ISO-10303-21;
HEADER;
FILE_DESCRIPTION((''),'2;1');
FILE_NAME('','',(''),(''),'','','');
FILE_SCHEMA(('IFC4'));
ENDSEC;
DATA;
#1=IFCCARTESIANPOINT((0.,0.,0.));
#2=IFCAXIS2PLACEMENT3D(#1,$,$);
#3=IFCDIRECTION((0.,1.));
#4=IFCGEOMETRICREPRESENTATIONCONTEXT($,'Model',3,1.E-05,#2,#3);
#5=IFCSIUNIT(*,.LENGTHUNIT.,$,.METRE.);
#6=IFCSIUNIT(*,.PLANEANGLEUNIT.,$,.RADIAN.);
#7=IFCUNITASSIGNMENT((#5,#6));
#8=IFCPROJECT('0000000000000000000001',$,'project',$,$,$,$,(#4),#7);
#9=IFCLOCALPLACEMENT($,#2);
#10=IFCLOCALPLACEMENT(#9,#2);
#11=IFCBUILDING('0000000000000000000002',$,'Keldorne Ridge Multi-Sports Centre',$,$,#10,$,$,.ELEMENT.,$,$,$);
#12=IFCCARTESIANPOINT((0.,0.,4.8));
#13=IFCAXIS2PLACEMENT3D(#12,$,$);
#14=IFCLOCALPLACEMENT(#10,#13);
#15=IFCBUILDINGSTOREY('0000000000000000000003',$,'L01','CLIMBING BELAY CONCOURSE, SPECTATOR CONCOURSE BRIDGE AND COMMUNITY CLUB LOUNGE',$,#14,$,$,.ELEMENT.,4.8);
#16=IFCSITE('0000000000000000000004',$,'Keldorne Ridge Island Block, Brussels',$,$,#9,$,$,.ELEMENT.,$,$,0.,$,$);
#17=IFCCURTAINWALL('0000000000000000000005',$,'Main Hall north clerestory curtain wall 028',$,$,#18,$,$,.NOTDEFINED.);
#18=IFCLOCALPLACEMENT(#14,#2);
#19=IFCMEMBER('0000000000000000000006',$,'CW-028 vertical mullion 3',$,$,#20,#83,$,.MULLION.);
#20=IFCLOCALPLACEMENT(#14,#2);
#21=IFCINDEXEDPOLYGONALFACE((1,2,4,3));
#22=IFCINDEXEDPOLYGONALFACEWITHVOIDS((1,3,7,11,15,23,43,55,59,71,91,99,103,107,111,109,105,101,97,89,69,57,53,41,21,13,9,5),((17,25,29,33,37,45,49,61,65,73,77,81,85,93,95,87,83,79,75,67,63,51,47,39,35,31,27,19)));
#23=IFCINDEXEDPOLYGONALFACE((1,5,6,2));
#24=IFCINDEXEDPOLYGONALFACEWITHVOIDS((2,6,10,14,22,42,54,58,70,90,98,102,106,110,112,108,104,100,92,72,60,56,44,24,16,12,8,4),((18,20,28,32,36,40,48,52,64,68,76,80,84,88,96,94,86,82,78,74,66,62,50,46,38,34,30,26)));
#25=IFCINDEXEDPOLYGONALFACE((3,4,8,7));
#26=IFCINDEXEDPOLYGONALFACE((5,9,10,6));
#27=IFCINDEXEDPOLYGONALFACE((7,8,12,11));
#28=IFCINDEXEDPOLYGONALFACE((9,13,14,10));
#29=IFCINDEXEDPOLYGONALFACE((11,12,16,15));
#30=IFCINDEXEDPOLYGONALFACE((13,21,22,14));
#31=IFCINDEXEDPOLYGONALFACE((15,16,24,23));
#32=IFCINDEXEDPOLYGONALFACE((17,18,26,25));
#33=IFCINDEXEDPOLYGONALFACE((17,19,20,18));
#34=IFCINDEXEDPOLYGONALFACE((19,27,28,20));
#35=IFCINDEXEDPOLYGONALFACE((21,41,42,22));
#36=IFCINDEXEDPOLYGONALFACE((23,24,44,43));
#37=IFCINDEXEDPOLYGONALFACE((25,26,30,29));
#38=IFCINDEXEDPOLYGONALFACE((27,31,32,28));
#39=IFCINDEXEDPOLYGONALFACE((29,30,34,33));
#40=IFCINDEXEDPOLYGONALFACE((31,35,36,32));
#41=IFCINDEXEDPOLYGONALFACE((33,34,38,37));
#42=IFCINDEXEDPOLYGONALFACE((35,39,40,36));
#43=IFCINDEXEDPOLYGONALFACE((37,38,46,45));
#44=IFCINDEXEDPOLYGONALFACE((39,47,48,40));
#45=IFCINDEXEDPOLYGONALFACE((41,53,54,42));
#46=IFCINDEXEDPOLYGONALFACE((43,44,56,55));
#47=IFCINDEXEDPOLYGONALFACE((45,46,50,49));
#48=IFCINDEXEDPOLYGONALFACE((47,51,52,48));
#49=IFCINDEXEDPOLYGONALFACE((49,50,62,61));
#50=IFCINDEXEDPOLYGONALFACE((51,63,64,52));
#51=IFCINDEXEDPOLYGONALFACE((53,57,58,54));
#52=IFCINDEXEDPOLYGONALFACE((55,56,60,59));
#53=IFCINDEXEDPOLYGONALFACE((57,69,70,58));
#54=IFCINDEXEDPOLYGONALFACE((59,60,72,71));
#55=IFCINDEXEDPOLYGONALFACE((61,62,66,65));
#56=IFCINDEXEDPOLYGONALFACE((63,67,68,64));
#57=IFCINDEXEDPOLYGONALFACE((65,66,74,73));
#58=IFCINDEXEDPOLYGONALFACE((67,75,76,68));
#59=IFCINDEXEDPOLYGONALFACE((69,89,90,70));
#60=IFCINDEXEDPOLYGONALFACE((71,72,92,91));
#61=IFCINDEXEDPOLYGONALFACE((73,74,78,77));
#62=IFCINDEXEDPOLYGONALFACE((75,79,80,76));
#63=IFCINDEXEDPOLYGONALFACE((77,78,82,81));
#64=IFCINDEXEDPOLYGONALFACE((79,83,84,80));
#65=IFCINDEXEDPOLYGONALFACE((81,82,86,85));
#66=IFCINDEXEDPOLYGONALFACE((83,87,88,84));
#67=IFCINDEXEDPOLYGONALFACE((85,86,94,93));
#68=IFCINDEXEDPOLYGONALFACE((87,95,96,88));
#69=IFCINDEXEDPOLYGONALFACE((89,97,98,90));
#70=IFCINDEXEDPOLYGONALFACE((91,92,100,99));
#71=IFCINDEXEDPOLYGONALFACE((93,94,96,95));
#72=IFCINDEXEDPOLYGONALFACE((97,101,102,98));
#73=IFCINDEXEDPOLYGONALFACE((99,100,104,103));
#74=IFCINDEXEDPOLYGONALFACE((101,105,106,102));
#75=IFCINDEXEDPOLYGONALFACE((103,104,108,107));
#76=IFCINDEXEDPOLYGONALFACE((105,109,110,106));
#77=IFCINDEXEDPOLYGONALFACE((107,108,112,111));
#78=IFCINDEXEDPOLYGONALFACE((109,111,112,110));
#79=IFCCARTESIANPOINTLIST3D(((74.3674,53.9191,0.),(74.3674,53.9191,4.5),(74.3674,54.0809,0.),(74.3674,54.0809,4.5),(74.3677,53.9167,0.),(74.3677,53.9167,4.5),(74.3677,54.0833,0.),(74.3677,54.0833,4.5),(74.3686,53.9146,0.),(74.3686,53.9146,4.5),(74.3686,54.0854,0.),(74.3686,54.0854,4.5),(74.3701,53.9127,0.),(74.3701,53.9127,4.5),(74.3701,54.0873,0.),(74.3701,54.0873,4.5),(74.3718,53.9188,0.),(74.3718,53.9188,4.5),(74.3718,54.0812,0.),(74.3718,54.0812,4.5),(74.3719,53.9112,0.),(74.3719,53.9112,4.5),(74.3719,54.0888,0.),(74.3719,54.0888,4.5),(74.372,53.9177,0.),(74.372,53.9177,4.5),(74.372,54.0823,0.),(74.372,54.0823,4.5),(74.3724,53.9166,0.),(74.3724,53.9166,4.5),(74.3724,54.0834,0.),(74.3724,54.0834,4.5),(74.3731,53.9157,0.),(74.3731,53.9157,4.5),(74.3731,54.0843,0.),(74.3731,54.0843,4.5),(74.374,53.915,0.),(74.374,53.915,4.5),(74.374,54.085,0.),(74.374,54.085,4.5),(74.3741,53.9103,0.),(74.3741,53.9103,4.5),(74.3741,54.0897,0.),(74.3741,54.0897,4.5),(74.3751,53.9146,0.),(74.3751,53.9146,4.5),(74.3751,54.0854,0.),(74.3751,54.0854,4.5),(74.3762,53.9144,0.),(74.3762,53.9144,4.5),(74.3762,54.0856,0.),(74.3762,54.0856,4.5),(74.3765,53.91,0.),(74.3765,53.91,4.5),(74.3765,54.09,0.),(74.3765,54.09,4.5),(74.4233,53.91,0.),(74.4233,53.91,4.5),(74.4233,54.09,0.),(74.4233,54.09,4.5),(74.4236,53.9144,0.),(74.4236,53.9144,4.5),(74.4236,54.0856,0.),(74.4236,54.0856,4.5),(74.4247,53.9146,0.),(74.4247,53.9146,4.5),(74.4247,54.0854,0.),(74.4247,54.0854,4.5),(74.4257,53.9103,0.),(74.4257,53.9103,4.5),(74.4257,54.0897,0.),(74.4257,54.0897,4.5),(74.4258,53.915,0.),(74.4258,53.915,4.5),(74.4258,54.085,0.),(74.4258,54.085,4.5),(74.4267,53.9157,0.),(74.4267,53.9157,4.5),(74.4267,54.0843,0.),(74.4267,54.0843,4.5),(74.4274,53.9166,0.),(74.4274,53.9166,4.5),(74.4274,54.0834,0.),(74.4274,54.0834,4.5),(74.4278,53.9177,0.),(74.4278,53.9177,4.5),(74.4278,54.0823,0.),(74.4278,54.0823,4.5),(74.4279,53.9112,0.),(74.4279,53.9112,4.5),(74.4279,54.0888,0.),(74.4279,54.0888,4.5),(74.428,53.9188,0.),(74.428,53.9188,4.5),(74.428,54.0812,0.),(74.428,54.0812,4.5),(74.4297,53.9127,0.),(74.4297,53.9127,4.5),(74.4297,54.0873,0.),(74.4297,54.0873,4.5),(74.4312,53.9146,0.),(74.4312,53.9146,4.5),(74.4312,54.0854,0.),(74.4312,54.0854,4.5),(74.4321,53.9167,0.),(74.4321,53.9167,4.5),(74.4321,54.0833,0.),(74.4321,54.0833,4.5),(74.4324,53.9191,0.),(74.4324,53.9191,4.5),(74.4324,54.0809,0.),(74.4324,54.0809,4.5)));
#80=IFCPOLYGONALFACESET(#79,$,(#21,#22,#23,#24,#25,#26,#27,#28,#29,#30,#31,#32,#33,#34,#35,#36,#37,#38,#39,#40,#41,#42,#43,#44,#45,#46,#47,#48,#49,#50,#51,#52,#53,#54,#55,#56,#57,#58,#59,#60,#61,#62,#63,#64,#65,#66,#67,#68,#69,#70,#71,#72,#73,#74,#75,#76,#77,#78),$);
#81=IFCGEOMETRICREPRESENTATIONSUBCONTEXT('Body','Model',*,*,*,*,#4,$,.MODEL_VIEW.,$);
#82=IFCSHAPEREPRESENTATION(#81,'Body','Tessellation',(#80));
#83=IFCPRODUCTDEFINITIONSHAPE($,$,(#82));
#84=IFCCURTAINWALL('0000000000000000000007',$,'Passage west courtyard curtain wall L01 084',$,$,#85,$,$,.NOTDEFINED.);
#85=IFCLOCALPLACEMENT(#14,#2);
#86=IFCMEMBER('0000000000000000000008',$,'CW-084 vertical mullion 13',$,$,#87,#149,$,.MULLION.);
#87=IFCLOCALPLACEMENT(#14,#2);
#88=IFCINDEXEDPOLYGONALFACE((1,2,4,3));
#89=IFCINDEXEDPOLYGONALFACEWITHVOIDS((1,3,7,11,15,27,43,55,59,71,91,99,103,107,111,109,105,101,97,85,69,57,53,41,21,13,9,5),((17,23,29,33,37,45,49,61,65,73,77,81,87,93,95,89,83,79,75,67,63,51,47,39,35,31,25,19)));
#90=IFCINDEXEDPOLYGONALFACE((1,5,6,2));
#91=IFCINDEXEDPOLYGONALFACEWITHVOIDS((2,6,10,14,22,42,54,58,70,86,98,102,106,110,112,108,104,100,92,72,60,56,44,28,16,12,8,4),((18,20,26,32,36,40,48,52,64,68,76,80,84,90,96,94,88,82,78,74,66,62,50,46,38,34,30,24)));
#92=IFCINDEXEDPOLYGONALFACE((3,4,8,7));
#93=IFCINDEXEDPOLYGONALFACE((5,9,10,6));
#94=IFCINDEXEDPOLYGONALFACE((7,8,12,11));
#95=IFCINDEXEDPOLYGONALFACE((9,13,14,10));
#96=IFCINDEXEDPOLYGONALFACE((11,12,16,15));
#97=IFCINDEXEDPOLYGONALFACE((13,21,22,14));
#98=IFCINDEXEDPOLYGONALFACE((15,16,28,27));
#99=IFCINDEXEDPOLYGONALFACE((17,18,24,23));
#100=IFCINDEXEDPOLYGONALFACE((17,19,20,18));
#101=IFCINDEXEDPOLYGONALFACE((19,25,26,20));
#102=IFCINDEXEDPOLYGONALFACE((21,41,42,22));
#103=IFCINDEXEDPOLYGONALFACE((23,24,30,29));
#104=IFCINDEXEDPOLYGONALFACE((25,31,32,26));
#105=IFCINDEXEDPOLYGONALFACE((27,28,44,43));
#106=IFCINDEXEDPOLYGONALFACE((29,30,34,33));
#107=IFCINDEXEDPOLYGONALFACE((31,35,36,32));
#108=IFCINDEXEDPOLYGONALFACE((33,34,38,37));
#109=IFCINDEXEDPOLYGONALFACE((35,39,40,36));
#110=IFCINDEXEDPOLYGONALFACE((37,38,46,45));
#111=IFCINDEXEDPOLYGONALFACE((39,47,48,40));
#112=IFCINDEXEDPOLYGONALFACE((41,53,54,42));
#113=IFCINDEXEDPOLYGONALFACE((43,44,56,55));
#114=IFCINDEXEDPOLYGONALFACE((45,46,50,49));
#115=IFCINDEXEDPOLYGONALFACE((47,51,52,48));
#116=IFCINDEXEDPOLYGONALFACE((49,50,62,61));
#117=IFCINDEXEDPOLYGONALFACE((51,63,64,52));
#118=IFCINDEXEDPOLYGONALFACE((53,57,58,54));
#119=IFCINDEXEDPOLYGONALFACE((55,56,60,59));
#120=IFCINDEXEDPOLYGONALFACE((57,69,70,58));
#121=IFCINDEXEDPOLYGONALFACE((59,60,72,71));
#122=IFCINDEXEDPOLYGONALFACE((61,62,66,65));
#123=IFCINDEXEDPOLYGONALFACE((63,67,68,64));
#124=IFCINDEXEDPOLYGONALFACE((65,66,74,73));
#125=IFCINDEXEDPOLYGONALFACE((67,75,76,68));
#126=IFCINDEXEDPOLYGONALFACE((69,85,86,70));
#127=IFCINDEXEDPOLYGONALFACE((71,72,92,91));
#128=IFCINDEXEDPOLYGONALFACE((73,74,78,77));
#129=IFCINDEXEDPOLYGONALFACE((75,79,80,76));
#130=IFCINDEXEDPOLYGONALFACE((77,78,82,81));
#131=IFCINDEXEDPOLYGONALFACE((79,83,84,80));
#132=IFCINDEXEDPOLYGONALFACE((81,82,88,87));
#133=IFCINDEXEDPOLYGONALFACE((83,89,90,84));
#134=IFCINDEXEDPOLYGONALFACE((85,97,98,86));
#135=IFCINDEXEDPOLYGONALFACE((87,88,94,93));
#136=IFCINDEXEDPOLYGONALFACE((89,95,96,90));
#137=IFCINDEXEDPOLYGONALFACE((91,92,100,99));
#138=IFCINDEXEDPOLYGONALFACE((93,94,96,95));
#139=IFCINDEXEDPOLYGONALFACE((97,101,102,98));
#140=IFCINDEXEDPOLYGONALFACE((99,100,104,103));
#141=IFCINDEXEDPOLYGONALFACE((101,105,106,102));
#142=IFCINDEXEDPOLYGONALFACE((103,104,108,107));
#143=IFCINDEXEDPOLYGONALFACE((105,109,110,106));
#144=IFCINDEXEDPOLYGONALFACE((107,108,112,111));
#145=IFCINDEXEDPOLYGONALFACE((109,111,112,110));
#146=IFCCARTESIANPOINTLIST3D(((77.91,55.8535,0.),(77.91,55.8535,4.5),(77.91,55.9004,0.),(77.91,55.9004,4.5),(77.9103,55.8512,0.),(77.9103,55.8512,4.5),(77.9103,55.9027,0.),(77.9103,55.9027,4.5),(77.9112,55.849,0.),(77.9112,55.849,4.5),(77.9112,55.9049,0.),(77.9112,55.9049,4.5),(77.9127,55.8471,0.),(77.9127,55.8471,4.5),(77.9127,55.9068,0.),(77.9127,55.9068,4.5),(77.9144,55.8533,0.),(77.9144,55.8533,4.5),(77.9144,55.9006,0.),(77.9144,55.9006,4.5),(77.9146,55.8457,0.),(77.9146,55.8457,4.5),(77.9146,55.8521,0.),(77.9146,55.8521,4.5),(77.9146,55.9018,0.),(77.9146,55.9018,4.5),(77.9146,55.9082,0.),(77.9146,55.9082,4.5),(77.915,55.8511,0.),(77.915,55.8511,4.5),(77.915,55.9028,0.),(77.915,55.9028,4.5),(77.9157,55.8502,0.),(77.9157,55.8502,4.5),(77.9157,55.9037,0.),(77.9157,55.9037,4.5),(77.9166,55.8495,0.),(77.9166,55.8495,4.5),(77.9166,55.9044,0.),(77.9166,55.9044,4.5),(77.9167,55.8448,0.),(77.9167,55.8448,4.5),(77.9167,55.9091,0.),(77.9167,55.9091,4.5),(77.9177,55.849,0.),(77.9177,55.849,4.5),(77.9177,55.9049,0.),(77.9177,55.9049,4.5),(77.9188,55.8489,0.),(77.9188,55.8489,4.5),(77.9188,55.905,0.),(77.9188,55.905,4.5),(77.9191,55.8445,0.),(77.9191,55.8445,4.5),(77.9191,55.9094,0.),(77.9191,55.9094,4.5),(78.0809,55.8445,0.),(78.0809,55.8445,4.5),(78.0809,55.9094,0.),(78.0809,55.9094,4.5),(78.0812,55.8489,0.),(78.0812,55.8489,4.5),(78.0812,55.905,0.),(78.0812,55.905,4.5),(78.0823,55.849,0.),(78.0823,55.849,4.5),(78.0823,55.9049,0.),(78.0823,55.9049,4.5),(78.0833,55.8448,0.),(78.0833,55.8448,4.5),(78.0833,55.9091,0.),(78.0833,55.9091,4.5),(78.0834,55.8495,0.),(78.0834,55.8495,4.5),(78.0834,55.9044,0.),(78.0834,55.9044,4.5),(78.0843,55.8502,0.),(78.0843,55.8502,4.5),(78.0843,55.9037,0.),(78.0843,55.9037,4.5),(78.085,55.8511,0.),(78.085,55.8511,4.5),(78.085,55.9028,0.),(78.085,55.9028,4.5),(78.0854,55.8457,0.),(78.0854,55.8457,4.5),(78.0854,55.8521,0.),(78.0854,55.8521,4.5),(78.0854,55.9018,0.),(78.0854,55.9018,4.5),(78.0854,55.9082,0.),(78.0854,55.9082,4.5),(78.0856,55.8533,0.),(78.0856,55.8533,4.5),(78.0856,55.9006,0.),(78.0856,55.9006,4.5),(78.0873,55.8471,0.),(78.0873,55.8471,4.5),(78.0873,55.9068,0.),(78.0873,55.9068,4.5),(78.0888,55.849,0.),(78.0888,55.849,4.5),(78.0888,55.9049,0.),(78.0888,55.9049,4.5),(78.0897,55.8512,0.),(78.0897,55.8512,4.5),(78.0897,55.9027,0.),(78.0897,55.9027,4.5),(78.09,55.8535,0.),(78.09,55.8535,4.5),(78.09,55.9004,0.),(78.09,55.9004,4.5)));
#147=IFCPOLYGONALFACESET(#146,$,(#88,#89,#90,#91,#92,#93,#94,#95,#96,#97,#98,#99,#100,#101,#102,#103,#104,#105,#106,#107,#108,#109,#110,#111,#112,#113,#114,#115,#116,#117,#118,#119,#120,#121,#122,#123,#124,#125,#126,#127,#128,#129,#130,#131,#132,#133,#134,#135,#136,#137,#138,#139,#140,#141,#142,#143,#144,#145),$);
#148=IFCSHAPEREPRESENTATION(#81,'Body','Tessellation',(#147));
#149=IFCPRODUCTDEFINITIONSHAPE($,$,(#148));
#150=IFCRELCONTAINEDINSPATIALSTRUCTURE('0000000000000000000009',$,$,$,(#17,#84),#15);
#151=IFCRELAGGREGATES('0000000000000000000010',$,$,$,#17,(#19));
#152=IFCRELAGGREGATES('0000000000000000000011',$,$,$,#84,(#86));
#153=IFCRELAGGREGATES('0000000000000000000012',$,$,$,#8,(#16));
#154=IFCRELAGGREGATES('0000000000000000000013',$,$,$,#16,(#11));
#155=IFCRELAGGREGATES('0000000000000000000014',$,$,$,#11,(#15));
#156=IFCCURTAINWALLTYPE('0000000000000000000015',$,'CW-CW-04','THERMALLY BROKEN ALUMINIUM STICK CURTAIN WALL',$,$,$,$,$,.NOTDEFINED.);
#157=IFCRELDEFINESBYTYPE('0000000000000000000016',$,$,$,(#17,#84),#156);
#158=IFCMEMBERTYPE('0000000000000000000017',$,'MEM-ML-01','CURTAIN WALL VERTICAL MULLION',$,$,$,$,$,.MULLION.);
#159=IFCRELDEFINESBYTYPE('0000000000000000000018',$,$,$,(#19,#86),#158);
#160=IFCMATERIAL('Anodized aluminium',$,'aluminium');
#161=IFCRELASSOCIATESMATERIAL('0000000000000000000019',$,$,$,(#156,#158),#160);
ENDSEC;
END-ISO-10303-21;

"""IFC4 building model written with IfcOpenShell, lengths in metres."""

from ifc_helpers import new_model, si_unit, direction, frame, origin, origin_2d, place, context, subcontext, project, spatial, hollow_rectangle, extrude, material, material_profile, profile_set, type_object, element, aggregate, save


model = new_model("IFC4")

# Units and contexts
model_context = context("Model", 3, precision=1e-05, world=origin(), true_north=direction((0.0, 1.0)))
body_context = subcontext(model_context, "Body", "Model", "MODEL_VIEW")
ifc_project = project(units=[si_unit("LENGTHUNIT", "METRE"), si_unit("PLANEANGLEUNIT", "RADIAN")], contexts=[model_context])

# Site, building, storey
site_placement = place(None, origin())
site = spatial("IfcSite", under=ifc_project, at=site_placement, Name="Keldorne Ridge Island Block, Brussels", CompositionType="ELEMENT", RefElevation=0.0)
building_placement = place(site_placement, origin())
building = spatial("IfcBuilding", under=site, at=building_placement, Name="Keldorne Ridge Multi-Sports Centre", CompositionType="ELEMENT")
storey_placement = place(building_placement, frame((0.0, 0.0, 4.8)))
storey = spatial("IfcBuildingStorey", under=building, at=storey_placement, Name="L01", Description="CLIMBING BELAY CONCOURSE, SPECTATOR CONCOURSE BRIDGE AND COMMUNITY CLUB LOUNGE", CompositionType="ELEMENT", Elevation=4.8)

# Curtain walls, members
ifc_material_1 = material(Name="Anodized aluminium", Category="aluminium")
curtain_wall_type = type_object("IfcCurtainWallType", Name="CW-CW-04", Description="THERMALLY BROKEN ALUMINIUM STICK CURTAIN WALL", PredefinedType="NOTDEFINED", material=ifc_material_1)
curtain_wall_1_placement = place(storey_placement, origin())
curtain_wall_1 = element("IfcCurtainWall", 1, at=curtain_wall_1_placement, inside=storey, type_object=curtain_wall_type, Name="Main Hall north clerestory curtain wall 028", PredefinedType="NOTDEFINED")
ifc_material_profile_1 = material_profile(ifc_material_1, hollow_rectangle(XDim=0.0649, YDim=0.1799, WallThickness=0.0044, InnerFilletRadius=0.0044, OuterFilletRadius=0.009, at=origin_2d()), Name="ALU MULLION 180x65x4.5")
ifc_profile_set_1 = profile_set([ifc_material_profile_1], Name="Anodized aluminium")
member_type_1 = type_object("IfcMemberType", Name="MEM-ML-01", Description="CURTAIN WALL VERTICAL MULLION", PredefinedType="MULLION", material=ifc_profile_set_1)
member_1_placement = place(storey_placement, frame((74.3999, 54.0, 0.0), z_axis=(0.0, 0.0, 1.0), x_axis=(1.0, 0.0, 0.0)))
member_1 = element("IfcMember", 2, at=member_1_placement, type_object=member_type_1, Name="CW-028 vertical mullion 3", PredefinedType="MULLION", context=body_context, shape_type="SweptSolid", body=[
    extrude(hollow_rectangle(XDim=0.0649, YDim=0.1799, WallThickness=0.0044, InnerFilletRadius=0.0044, OuterFilletRadius=0.009, at=origin_2d()), origin(), (0.0, 0.0, 1.0), 4.5),
])
curtain_wall_2_placement = place(storey_placement, origin())
curtain_wall_2 = element("IfcCurtainWall", 3, at=curtain_wall_2_placement, inside=storey, type_object=curtain_wall_type, Name="Passage west courtyard curtain wall L01 084", PredefinedType="NOTDEFINED")
member_2_placement = place(storey_placement, frame((78.0, 55.877, 0.0), z_axis=(0.0, 0.0, 1.0), x_axis=(0.0, 1.0, 0.0)))
member_2 = element("IfcMember", 4, at=member_2_placement, type_object=member_type_1, Name="CW-084 vertical mullion 13", PredefinedType="MULLION", context=body_context, shape_type="SweptSolid", body=[
    extrude(hollow_rectangle(XDim=0.0649, YDim=0.1799, WallThickness=0.0044, InnerFilletRadius=0.0044, OuterFilletRadius=0.009, at=origin_2d()), origin(), (0.0, 0.0, 1.0), 4.5),
])

aggregate(curtain_wall_1, [member_1])
aggregate(curtain_wall_2, [member_2])

save(model, "model.ifc")
